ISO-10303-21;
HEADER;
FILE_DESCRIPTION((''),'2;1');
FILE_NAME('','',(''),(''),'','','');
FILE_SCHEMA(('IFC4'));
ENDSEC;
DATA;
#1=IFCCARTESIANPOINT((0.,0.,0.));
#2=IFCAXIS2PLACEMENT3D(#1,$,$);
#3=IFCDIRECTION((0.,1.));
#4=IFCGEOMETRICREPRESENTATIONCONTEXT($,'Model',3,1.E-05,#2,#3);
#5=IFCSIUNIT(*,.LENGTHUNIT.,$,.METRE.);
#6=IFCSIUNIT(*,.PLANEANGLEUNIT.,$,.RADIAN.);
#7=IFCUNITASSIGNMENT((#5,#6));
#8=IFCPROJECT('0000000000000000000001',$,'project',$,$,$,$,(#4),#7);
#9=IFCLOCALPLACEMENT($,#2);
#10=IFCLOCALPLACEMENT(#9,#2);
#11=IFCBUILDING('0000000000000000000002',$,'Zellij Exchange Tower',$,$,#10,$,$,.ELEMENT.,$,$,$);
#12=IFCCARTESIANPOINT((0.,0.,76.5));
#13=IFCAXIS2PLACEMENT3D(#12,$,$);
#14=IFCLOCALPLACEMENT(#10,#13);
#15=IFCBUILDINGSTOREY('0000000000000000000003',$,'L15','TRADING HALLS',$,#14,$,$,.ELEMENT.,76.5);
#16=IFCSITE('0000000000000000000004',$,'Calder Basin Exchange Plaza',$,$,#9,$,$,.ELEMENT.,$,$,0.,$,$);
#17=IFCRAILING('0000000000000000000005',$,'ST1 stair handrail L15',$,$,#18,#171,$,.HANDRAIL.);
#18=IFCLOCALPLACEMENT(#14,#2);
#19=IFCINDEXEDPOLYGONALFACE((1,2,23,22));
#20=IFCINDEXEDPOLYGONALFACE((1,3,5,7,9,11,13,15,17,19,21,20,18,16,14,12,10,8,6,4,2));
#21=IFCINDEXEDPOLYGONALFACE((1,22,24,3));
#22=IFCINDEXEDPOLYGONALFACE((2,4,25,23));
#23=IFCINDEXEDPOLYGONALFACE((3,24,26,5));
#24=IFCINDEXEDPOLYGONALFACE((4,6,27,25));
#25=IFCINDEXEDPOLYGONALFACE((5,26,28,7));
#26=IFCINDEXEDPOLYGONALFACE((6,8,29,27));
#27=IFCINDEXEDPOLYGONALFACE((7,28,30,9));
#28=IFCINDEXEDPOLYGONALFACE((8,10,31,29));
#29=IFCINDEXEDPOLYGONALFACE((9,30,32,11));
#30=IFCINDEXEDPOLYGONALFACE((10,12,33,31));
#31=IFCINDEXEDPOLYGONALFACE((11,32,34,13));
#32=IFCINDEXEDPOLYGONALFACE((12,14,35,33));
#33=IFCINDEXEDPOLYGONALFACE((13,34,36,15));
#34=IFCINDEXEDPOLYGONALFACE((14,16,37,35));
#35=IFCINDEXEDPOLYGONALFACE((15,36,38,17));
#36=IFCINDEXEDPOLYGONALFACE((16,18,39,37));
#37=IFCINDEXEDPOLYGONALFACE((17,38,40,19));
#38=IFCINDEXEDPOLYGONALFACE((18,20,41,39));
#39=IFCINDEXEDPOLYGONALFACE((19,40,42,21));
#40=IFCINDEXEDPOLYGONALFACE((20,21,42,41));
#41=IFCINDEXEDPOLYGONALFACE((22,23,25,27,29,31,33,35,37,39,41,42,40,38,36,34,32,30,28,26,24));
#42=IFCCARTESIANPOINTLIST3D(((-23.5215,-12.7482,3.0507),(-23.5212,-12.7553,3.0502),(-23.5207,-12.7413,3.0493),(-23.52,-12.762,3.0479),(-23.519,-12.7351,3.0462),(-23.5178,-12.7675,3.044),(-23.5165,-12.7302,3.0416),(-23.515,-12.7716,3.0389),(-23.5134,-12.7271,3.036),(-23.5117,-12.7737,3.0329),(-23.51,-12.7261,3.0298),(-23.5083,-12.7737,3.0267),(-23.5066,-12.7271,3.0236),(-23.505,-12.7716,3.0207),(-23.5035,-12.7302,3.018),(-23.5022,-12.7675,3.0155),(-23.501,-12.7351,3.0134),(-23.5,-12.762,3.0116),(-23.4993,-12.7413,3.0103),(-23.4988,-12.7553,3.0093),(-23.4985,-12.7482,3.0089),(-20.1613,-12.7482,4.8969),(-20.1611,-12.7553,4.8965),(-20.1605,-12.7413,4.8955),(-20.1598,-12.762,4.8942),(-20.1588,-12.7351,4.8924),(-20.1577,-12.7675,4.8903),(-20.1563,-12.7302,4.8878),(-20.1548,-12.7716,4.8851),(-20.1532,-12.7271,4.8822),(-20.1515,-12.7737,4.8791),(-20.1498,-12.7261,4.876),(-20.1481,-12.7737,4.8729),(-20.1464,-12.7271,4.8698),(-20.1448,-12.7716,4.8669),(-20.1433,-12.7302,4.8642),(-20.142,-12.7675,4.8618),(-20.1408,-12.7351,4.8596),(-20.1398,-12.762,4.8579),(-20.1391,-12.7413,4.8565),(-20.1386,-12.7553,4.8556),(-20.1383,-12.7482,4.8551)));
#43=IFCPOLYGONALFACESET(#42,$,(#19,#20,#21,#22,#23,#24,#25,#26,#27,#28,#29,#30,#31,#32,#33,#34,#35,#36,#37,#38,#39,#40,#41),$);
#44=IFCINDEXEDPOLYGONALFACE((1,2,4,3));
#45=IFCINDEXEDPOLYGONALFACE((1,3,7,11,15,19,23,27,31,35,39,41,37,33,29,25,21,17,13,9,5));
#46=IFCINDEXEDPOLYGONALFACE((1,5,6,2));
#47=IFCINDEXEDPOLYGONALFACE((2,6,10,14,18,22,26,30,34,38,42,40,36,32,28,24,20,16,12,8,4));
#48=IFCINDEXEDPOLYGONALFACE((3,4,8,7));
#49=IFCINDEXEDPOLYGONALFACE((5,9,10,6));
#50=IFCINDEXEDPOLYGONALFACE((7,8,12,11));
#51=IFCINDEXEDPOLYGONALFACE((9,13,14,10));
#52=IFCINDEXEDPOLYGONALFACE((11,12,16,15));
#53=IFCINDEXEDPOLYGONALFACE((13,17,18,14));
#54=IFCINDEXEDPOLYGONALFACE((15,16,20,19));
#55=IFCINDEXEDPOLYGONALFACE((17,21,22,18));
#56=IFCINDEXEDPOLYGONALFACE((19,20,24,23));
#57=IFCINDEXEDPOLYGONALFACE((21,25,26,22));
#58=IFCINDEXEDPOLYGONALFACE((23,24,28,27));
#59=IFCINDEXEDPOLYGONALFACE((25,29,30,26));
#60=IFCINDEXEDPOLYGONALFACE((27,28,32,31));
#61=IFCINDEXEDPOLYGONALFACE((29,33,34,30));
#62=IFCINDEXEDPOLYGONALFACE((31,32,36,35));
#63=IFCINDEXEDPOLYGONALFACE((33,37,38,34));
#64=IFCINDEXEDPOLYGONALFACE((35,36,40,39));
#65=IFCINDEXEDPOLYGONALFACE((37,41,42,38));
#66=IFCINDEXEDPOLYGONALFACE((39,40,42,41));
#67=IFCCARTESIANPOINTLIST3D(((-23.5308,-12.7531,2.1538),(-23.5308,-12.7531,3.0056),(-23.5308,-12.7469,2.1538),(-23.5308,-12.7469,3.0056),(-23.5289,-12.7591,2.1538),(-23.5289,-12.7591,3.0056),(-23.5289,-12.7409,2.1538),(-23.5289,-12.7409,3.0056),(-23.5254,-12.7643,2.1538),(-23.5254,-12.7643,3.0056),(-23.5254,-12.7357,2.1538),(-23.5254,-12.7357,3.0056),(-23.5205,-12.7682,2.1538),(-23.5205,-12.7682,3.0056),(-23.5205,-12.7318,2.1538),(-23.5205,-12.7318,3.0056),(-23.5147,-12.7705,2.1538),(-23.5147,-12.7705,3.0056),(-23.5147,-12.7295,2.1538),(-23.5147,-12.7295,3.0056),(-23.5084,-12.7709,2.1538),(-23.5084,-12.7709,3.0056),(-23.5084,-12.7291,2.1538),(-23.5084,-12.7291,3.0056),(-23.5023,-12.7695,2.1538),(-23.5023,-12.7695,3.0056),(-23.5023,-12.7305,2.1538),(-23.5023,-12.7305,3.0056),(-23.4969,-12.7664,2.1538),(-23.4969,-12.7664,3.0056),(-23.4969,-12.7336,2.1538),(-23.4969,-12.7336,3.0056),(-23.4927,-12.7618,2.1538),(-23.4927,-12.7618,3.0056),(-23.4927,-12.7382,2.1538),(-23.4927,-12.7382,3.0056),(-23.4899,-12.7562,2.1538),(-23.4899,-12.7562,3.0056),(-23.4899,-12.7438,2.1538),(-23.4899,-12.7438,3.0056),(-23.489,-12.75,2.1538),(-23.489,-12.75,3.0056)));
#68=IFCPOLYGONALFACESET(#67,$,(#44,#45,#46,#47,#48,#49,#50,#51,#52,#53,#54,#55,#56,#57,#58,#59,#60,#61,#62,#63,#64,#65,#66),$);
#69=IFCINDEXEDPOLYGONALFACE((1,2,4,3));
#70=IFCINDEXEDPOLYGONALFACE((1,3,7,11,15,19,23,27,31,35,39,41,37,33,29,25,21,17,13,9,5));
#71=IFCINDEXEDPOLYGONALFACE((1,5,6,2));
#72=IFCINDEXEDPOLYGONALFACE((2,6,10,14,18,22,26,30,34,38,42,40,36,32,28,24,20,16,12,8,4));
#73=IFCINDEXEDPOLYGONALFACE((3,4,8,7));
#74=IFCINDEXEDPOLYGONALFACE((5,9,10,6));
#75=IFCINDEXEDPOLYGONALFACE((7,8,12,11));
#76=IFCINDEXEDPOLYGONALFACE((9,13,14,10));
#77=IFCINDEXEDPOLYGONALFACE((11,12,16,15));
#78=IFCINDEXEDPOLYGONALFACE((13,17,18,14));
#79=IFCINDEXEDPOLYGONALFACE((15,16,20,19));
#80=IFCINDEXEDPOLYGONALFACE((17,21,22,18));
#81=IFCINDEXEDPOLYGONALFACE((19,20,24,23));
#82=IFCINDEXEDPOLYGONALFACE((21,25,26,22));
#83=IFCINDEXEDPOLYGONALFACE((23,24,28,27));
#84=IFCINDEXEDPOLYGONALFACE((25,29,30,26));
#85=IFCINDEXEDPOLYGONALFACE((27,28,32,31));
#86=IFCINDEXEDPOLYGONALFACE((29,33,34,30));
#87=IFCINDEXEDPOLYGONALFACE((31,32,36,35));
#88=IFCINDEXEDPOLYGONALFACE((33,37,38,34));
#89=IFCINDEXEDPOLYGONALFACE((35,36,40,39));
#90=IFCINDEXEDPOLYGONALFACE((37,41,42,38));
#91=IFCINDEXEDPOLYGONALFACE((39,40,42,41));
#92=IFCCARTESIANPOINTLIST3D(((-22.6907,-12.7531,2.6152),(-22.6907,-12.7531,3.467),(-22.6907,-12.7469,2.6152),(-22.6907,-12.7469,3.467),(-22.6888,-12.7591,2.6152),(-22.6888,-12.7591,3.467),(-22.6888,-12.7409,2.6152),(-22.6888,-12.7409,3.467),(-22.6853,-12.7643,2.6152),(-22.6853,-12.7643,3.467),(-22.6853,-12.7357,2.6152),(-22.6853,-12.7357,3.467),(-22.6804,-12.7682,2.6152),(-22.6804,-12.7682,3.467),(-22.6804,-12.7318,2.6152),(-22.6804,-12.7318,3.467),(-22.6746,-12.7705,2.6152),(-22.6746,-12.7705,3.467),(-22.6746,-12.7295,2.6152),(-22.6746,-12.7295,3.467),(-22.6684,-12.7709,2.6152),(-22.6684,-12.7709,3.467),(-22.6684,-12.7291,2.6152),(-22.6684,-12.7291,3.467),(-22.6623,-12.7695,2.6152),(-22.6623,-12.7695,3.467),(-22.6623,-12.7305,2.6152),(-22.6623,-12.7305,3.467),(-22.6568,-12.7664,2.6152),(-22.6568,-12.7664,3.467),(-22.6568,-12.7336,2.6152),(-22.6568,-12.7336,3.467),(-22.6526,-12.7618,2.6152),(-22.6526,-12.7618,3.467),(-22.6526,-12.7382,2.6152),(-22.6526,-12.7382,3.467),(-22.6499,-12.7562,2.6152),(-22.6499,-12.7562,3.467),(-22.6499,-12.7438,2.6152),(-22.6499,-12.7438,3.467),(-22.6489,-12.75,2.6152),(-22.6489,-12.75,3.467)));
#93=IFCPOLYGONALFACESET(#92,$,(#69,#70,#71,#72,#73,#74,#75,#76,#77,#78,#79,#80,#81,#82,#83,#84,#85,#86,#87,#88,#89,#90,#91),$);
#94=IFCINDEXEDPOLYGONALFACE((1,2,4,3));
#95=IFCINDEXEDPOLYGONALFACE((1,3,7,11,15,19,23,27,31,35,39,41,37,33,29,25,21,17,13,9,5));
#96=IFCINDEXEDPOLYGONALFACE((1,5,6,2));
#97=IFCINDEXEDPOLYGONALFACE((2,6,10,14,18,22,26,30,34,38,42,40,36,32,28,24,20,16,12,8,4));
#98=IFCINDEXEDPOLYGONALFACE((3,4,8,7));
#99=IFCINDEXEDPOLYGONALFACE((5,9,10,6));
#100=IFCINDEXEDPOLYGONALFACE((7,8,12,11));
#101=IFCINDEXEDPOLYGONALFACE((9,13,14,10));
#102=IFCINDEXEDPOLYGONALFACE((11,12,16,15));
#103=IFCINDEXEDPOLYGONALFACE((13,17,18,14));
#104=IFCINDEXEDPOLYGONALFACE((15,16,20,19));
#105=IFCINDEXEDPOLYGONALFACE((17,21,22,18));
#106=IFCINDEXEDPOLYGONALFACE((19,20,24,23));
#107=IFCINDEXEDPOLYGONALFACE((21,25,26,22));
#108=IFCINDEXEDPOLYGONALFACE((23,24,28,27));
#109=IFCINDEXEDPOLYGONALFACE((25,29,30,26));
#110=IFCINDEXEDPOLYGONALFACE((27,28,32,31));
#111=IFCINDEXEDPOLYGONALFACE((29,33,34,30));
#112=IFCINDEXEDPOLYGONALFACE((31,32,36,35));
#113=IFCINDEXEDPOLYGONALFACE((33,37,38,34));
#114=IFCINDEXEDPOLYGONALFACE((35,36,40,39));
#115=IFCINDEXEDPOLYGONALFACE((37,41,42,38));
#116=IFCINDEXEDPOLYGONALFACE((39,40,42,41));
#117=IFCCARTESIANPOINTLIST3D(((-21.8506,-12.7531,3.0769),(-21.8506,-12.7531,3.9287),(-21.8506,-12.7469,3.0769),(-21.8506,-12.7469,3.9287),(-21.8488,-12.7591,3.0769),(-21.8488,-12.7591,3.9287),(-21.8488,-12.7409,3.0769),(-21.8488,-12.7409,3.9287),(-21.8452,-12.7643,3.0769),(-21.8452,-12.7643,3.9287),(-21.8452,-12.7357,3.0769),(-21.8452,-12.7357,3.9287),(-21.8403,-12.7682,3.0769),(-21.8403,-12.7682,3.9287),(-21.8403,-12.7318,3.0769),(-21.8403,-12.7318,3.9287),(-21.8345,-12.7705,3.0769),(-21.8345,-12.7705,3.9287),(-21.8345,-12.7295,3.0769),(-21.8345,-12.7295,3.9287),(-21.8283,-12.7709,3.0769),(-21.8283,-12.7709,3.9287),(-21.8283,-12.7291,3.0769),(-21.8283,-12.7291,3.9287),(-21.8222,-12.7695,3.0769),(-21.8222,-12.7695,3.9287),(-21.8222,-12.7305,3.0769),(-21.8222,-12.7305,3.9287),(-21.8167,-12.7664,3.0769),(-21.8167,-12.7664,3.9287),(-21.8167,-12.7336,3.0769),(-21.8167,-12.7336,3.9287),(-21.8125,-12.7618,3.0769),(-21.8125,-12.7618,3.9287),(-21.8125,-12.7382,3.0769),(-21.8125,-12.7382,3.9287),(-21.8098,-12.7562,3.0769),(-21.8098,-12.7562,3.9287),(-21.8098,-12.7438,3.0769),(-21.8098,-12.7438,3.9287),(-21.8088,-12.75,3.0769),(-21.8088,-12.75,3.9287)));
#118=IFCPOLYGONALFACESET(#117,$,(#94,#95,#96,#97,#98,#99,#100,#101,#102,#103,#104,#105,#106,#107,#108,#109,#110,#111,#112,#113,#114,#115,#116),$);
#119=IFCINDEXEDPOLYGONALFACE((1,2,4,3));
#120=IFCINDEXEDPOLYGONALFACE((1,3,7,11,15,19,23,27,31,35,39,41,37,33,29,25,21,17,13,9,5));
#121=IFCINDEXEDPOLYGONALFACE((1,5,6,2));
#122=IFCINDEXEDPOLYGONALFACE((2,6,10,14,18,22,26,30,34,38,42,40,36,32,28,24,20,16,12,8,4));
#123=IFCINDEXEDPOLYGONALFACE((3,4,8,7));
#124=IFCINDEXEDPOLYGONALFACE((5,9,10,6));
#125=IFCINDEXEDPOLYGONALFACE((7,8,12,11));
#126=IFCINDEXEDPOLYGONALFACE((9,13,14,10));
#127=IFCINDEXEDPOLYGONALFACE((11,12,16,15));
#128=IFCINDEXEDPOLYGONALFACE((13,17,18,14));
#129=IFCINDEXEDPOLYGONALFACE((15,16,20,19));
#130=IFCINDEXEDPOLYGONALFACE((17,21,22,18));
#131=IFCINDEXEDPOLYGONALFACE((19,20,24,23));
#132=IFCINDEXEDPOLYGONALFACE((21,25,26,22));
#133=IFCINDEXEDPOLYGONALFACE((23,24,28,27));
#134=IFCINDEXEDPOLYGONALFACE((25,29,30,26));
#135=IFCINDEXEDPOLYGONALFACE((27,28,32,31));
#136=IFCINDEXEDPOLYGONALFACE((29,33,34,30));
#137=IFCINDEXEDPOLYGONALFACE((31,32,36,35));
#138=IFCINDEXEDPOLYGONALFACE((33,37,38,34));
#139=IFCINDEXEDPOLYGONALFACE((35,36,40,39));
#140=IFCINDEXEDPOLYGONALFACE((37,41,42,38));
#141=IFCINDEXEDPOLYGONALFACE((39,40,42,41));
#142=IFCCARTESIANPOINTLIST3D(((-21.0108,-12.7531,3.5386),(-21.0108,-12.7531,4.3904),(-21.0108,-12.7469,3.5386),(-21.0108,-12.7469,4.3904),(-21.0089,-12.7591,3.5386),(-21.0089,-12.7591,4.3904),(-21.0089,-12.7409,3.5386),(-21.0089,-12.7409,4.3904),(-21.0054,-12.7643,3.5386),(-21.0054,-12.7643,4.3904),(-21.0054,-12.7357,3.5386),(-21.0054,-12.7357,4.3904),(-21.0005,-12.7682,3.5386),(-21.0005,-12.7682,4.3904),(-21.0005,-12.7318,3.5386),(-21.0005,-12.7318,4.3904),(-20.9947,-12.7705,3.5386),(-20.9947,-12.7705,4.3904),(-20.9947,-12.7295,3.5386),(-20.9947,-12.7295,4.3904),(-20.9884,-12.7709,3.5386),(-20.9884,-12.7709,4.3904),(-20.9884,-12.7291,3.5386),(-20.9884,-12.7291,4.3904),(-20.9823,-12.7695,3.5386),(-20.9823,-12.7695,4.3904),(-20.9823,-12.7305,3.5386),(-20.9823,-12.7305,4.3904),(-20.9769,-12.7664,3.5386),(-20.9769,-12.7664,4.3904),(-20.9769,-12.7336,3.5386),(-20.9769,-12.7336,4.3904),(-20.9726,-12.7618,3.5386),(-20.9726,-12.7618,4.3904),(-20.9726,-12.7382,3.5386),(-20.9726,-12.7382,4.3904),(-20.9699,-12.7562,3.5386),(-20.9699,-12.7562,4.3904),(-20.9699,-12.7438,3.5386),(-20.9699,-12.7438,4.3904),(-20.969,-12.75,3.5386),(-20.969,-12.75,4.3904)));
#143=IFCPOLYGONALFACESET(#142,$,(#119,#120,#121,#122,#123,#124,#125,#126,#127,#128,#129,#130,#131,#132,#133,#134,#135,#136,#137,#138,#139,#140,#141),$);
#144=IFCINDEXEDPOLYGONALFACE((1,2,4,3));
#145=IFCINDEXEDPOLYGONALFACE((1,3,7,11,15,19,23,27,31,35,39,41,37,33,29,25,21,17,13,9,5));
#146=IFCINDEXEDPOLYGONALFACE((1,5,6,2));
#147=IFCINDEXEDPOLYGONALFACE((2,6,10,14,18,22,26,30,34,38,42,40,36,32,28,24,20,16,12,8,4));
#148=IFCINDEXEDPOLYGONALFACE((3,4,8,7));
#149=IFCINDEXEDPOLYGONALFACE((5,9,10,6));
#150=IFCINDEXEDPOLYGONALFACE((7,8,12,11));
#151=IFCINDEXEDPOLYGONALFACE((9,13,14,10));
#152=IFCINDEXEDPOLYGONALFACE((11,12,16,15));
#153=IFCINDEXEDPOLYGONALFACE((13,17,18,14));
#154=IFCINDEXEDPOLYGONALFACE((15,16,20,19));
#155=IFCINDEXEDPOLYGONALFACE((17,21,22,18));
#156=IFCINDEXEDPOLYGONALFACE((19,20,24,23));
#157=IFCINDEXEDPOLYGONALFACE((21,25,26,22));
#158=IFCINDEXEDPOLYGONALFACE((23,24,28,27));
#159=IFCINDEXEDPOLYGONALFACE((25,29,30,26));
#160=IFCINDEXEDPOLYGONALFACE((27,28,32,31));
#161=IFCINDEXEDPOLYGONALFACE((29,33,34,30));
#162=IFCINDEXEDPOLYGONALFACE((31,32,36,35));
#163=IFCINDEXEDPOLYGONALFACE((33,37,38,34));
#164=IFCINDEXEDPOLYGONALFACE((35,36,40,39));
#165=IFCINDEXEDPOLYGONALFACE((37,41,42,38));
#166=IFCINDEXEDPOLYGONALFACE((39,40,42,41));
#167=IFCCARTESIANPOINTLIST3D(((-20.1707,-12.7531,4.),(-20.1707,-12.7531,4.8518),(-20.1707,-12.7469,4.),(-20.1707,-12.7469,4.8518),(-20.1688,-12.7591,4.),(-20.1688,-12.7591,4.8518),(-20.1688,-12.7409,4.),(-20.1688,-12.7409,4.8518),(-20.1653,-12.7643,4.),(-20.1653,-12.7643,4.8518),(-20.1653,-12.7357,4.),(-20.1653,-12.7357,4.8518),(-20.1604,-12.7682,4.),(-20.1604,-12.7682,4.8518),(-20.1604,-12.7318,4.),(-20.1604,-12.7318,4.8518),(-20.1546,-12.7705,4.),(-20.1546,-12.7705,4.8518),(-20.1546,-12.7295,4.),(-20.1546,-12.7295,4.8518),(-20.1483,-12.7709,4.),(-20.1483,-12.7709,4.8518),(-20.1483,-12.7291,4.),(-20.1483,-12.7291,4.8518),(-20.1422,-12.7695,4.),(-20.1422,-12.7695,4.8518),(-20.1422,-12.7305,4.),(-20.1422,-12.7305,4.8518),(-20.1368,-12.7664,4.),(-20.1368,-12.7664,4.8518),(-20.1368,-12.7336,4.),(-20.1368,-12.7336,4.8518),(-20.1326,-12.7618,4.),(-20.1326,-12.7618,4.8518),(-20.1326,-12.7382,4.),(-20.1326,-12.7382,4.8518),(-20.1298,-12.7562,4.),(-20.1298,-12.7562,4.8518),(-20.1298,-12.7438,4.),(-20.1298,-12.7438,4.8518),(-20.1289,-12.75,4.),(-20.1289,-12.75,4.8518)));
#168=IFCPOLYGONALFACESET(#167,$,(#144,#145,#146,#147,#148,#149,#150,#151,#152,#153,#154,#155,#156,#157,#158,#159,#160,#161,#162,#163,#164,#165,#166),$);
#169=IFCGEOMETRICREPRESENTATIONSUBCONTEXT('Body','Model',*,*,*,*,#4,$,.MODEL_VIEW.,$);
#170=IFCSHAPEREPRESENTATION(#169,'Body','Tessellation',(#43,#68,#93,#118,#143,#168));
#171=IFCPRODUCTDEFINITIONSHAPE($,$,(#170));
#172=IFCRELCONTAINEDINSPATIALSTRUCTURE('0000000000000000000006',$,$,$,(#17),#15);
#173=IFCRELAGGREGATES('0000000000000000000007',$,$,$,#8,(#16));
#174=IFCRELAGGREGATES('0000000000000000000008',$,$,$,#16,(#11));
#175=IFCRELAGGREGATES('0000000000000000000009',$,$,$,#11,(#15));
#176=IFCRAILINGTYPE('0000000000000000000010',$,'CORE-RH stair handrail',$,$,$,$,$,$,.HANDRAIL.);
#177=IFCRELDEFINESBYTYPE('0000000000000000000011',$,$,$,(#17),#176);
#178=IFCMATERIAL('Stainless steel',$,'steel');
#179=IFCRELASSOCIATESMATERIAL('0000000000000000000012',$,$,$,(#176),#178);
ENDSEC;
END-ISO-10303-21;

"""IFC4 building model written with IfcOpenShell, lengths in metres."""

from ifc_helpers import new_model, si_unit, direction, frame, origin, origin_2d, place, context, subcontext, project, spatial, circle, extrude, material, type_object, element, save


model = new_model("IFC4")

# Units and contexts
model_context = context("Model", 3, precision=1e-05, world=origin(), true_north=direction((0.0, 1.0)))
body_context = subcontext(model_context, "Body", "Model", "MODEL_VIEW")
ifc_project = project(units=[si_unit("LENGTHUNIT", "METRE"), si_unit("PLANEANGLEUNIT", "RADIAN")], contexts=[model_context])

# Site, building, storey
site_placement = place(None, origin())
site = spatial("IfcSite", under=ifc_project, at=site_placement, Name="Calder Basin Exchange Plaza", CompositionType="ELEMENT", RefElevation=0.0)
building_placement = place(site_placement, origin())
building = spatial("IfcBuilding", under=site, at=building_placement, Name="Zellij Exchange Tower", CompositionType="ELEMENT")
storey_placement = place(building_placement, frame((0.0, 0.0, 76.5)))
storey = spatial("IfcBuildingStorey", under=building, at=storey_placement, Name="L15", Description="TRADING HALLS", CompositionType="ELEMENT", Elevation=76.5)

# Railing
ifc_material_1 = material(Name="Stainless steel", Category="steel")
railing_type = type_object("IfcRailingType", Name="CORE-RH stair handrail", PredefinedType="HANDRAIL", material=ifc_material_1)
railing_placement = place(storey_placement, frame((-23.51, -12.75, 2.1538)))
element("IfcRailing", 1, at=railing_placement, inside=storey, type_object=railing_type, Name="ST1 stair handrail L15", PredefinedType="HANDRAIL", context=body_context, shape_type="SweptSolid", body=[
    extrude(circle(Radius=0.0239, at=origin_2d()), frame((0.0, 0.0, 0.876), z_axis=(0.876422, 0.0, 0.481545), x_axis=(0.0, 1.0, 0.0)), (0.0, 0.0, 1.0), 3.834),
    extrude(circle(Radius=0.021, at=origin_2d()), origin(), (0.0, 0.0, 1.0), 0.8518),
    extrude(circle(Radius=0.021, at=origin_2d()), frame((0.8401, 0.0, 0.4614)), (0.0, 0.0, 1.0), 0.8518),
    extrude(circle(Radius=0.021, at=origin_2d()), frame((1.6802, 0.0, 0.9231)), (0.0, 0.0, 1.0), 0.8518),
    extrude(circle(Radius=0.021, at=origin_2d()), frame((2.52, 0.0, 1.3848)), (0.0, 0.0, 1.0), 0.8518),
    extrude(circle(Radius=0.021, at=origin_2d()), frame((3.3601, 0.0, 1.8462)), (0.0, 0.0, 1.0), 0.8518),
])

save(model, "model.ifc")
